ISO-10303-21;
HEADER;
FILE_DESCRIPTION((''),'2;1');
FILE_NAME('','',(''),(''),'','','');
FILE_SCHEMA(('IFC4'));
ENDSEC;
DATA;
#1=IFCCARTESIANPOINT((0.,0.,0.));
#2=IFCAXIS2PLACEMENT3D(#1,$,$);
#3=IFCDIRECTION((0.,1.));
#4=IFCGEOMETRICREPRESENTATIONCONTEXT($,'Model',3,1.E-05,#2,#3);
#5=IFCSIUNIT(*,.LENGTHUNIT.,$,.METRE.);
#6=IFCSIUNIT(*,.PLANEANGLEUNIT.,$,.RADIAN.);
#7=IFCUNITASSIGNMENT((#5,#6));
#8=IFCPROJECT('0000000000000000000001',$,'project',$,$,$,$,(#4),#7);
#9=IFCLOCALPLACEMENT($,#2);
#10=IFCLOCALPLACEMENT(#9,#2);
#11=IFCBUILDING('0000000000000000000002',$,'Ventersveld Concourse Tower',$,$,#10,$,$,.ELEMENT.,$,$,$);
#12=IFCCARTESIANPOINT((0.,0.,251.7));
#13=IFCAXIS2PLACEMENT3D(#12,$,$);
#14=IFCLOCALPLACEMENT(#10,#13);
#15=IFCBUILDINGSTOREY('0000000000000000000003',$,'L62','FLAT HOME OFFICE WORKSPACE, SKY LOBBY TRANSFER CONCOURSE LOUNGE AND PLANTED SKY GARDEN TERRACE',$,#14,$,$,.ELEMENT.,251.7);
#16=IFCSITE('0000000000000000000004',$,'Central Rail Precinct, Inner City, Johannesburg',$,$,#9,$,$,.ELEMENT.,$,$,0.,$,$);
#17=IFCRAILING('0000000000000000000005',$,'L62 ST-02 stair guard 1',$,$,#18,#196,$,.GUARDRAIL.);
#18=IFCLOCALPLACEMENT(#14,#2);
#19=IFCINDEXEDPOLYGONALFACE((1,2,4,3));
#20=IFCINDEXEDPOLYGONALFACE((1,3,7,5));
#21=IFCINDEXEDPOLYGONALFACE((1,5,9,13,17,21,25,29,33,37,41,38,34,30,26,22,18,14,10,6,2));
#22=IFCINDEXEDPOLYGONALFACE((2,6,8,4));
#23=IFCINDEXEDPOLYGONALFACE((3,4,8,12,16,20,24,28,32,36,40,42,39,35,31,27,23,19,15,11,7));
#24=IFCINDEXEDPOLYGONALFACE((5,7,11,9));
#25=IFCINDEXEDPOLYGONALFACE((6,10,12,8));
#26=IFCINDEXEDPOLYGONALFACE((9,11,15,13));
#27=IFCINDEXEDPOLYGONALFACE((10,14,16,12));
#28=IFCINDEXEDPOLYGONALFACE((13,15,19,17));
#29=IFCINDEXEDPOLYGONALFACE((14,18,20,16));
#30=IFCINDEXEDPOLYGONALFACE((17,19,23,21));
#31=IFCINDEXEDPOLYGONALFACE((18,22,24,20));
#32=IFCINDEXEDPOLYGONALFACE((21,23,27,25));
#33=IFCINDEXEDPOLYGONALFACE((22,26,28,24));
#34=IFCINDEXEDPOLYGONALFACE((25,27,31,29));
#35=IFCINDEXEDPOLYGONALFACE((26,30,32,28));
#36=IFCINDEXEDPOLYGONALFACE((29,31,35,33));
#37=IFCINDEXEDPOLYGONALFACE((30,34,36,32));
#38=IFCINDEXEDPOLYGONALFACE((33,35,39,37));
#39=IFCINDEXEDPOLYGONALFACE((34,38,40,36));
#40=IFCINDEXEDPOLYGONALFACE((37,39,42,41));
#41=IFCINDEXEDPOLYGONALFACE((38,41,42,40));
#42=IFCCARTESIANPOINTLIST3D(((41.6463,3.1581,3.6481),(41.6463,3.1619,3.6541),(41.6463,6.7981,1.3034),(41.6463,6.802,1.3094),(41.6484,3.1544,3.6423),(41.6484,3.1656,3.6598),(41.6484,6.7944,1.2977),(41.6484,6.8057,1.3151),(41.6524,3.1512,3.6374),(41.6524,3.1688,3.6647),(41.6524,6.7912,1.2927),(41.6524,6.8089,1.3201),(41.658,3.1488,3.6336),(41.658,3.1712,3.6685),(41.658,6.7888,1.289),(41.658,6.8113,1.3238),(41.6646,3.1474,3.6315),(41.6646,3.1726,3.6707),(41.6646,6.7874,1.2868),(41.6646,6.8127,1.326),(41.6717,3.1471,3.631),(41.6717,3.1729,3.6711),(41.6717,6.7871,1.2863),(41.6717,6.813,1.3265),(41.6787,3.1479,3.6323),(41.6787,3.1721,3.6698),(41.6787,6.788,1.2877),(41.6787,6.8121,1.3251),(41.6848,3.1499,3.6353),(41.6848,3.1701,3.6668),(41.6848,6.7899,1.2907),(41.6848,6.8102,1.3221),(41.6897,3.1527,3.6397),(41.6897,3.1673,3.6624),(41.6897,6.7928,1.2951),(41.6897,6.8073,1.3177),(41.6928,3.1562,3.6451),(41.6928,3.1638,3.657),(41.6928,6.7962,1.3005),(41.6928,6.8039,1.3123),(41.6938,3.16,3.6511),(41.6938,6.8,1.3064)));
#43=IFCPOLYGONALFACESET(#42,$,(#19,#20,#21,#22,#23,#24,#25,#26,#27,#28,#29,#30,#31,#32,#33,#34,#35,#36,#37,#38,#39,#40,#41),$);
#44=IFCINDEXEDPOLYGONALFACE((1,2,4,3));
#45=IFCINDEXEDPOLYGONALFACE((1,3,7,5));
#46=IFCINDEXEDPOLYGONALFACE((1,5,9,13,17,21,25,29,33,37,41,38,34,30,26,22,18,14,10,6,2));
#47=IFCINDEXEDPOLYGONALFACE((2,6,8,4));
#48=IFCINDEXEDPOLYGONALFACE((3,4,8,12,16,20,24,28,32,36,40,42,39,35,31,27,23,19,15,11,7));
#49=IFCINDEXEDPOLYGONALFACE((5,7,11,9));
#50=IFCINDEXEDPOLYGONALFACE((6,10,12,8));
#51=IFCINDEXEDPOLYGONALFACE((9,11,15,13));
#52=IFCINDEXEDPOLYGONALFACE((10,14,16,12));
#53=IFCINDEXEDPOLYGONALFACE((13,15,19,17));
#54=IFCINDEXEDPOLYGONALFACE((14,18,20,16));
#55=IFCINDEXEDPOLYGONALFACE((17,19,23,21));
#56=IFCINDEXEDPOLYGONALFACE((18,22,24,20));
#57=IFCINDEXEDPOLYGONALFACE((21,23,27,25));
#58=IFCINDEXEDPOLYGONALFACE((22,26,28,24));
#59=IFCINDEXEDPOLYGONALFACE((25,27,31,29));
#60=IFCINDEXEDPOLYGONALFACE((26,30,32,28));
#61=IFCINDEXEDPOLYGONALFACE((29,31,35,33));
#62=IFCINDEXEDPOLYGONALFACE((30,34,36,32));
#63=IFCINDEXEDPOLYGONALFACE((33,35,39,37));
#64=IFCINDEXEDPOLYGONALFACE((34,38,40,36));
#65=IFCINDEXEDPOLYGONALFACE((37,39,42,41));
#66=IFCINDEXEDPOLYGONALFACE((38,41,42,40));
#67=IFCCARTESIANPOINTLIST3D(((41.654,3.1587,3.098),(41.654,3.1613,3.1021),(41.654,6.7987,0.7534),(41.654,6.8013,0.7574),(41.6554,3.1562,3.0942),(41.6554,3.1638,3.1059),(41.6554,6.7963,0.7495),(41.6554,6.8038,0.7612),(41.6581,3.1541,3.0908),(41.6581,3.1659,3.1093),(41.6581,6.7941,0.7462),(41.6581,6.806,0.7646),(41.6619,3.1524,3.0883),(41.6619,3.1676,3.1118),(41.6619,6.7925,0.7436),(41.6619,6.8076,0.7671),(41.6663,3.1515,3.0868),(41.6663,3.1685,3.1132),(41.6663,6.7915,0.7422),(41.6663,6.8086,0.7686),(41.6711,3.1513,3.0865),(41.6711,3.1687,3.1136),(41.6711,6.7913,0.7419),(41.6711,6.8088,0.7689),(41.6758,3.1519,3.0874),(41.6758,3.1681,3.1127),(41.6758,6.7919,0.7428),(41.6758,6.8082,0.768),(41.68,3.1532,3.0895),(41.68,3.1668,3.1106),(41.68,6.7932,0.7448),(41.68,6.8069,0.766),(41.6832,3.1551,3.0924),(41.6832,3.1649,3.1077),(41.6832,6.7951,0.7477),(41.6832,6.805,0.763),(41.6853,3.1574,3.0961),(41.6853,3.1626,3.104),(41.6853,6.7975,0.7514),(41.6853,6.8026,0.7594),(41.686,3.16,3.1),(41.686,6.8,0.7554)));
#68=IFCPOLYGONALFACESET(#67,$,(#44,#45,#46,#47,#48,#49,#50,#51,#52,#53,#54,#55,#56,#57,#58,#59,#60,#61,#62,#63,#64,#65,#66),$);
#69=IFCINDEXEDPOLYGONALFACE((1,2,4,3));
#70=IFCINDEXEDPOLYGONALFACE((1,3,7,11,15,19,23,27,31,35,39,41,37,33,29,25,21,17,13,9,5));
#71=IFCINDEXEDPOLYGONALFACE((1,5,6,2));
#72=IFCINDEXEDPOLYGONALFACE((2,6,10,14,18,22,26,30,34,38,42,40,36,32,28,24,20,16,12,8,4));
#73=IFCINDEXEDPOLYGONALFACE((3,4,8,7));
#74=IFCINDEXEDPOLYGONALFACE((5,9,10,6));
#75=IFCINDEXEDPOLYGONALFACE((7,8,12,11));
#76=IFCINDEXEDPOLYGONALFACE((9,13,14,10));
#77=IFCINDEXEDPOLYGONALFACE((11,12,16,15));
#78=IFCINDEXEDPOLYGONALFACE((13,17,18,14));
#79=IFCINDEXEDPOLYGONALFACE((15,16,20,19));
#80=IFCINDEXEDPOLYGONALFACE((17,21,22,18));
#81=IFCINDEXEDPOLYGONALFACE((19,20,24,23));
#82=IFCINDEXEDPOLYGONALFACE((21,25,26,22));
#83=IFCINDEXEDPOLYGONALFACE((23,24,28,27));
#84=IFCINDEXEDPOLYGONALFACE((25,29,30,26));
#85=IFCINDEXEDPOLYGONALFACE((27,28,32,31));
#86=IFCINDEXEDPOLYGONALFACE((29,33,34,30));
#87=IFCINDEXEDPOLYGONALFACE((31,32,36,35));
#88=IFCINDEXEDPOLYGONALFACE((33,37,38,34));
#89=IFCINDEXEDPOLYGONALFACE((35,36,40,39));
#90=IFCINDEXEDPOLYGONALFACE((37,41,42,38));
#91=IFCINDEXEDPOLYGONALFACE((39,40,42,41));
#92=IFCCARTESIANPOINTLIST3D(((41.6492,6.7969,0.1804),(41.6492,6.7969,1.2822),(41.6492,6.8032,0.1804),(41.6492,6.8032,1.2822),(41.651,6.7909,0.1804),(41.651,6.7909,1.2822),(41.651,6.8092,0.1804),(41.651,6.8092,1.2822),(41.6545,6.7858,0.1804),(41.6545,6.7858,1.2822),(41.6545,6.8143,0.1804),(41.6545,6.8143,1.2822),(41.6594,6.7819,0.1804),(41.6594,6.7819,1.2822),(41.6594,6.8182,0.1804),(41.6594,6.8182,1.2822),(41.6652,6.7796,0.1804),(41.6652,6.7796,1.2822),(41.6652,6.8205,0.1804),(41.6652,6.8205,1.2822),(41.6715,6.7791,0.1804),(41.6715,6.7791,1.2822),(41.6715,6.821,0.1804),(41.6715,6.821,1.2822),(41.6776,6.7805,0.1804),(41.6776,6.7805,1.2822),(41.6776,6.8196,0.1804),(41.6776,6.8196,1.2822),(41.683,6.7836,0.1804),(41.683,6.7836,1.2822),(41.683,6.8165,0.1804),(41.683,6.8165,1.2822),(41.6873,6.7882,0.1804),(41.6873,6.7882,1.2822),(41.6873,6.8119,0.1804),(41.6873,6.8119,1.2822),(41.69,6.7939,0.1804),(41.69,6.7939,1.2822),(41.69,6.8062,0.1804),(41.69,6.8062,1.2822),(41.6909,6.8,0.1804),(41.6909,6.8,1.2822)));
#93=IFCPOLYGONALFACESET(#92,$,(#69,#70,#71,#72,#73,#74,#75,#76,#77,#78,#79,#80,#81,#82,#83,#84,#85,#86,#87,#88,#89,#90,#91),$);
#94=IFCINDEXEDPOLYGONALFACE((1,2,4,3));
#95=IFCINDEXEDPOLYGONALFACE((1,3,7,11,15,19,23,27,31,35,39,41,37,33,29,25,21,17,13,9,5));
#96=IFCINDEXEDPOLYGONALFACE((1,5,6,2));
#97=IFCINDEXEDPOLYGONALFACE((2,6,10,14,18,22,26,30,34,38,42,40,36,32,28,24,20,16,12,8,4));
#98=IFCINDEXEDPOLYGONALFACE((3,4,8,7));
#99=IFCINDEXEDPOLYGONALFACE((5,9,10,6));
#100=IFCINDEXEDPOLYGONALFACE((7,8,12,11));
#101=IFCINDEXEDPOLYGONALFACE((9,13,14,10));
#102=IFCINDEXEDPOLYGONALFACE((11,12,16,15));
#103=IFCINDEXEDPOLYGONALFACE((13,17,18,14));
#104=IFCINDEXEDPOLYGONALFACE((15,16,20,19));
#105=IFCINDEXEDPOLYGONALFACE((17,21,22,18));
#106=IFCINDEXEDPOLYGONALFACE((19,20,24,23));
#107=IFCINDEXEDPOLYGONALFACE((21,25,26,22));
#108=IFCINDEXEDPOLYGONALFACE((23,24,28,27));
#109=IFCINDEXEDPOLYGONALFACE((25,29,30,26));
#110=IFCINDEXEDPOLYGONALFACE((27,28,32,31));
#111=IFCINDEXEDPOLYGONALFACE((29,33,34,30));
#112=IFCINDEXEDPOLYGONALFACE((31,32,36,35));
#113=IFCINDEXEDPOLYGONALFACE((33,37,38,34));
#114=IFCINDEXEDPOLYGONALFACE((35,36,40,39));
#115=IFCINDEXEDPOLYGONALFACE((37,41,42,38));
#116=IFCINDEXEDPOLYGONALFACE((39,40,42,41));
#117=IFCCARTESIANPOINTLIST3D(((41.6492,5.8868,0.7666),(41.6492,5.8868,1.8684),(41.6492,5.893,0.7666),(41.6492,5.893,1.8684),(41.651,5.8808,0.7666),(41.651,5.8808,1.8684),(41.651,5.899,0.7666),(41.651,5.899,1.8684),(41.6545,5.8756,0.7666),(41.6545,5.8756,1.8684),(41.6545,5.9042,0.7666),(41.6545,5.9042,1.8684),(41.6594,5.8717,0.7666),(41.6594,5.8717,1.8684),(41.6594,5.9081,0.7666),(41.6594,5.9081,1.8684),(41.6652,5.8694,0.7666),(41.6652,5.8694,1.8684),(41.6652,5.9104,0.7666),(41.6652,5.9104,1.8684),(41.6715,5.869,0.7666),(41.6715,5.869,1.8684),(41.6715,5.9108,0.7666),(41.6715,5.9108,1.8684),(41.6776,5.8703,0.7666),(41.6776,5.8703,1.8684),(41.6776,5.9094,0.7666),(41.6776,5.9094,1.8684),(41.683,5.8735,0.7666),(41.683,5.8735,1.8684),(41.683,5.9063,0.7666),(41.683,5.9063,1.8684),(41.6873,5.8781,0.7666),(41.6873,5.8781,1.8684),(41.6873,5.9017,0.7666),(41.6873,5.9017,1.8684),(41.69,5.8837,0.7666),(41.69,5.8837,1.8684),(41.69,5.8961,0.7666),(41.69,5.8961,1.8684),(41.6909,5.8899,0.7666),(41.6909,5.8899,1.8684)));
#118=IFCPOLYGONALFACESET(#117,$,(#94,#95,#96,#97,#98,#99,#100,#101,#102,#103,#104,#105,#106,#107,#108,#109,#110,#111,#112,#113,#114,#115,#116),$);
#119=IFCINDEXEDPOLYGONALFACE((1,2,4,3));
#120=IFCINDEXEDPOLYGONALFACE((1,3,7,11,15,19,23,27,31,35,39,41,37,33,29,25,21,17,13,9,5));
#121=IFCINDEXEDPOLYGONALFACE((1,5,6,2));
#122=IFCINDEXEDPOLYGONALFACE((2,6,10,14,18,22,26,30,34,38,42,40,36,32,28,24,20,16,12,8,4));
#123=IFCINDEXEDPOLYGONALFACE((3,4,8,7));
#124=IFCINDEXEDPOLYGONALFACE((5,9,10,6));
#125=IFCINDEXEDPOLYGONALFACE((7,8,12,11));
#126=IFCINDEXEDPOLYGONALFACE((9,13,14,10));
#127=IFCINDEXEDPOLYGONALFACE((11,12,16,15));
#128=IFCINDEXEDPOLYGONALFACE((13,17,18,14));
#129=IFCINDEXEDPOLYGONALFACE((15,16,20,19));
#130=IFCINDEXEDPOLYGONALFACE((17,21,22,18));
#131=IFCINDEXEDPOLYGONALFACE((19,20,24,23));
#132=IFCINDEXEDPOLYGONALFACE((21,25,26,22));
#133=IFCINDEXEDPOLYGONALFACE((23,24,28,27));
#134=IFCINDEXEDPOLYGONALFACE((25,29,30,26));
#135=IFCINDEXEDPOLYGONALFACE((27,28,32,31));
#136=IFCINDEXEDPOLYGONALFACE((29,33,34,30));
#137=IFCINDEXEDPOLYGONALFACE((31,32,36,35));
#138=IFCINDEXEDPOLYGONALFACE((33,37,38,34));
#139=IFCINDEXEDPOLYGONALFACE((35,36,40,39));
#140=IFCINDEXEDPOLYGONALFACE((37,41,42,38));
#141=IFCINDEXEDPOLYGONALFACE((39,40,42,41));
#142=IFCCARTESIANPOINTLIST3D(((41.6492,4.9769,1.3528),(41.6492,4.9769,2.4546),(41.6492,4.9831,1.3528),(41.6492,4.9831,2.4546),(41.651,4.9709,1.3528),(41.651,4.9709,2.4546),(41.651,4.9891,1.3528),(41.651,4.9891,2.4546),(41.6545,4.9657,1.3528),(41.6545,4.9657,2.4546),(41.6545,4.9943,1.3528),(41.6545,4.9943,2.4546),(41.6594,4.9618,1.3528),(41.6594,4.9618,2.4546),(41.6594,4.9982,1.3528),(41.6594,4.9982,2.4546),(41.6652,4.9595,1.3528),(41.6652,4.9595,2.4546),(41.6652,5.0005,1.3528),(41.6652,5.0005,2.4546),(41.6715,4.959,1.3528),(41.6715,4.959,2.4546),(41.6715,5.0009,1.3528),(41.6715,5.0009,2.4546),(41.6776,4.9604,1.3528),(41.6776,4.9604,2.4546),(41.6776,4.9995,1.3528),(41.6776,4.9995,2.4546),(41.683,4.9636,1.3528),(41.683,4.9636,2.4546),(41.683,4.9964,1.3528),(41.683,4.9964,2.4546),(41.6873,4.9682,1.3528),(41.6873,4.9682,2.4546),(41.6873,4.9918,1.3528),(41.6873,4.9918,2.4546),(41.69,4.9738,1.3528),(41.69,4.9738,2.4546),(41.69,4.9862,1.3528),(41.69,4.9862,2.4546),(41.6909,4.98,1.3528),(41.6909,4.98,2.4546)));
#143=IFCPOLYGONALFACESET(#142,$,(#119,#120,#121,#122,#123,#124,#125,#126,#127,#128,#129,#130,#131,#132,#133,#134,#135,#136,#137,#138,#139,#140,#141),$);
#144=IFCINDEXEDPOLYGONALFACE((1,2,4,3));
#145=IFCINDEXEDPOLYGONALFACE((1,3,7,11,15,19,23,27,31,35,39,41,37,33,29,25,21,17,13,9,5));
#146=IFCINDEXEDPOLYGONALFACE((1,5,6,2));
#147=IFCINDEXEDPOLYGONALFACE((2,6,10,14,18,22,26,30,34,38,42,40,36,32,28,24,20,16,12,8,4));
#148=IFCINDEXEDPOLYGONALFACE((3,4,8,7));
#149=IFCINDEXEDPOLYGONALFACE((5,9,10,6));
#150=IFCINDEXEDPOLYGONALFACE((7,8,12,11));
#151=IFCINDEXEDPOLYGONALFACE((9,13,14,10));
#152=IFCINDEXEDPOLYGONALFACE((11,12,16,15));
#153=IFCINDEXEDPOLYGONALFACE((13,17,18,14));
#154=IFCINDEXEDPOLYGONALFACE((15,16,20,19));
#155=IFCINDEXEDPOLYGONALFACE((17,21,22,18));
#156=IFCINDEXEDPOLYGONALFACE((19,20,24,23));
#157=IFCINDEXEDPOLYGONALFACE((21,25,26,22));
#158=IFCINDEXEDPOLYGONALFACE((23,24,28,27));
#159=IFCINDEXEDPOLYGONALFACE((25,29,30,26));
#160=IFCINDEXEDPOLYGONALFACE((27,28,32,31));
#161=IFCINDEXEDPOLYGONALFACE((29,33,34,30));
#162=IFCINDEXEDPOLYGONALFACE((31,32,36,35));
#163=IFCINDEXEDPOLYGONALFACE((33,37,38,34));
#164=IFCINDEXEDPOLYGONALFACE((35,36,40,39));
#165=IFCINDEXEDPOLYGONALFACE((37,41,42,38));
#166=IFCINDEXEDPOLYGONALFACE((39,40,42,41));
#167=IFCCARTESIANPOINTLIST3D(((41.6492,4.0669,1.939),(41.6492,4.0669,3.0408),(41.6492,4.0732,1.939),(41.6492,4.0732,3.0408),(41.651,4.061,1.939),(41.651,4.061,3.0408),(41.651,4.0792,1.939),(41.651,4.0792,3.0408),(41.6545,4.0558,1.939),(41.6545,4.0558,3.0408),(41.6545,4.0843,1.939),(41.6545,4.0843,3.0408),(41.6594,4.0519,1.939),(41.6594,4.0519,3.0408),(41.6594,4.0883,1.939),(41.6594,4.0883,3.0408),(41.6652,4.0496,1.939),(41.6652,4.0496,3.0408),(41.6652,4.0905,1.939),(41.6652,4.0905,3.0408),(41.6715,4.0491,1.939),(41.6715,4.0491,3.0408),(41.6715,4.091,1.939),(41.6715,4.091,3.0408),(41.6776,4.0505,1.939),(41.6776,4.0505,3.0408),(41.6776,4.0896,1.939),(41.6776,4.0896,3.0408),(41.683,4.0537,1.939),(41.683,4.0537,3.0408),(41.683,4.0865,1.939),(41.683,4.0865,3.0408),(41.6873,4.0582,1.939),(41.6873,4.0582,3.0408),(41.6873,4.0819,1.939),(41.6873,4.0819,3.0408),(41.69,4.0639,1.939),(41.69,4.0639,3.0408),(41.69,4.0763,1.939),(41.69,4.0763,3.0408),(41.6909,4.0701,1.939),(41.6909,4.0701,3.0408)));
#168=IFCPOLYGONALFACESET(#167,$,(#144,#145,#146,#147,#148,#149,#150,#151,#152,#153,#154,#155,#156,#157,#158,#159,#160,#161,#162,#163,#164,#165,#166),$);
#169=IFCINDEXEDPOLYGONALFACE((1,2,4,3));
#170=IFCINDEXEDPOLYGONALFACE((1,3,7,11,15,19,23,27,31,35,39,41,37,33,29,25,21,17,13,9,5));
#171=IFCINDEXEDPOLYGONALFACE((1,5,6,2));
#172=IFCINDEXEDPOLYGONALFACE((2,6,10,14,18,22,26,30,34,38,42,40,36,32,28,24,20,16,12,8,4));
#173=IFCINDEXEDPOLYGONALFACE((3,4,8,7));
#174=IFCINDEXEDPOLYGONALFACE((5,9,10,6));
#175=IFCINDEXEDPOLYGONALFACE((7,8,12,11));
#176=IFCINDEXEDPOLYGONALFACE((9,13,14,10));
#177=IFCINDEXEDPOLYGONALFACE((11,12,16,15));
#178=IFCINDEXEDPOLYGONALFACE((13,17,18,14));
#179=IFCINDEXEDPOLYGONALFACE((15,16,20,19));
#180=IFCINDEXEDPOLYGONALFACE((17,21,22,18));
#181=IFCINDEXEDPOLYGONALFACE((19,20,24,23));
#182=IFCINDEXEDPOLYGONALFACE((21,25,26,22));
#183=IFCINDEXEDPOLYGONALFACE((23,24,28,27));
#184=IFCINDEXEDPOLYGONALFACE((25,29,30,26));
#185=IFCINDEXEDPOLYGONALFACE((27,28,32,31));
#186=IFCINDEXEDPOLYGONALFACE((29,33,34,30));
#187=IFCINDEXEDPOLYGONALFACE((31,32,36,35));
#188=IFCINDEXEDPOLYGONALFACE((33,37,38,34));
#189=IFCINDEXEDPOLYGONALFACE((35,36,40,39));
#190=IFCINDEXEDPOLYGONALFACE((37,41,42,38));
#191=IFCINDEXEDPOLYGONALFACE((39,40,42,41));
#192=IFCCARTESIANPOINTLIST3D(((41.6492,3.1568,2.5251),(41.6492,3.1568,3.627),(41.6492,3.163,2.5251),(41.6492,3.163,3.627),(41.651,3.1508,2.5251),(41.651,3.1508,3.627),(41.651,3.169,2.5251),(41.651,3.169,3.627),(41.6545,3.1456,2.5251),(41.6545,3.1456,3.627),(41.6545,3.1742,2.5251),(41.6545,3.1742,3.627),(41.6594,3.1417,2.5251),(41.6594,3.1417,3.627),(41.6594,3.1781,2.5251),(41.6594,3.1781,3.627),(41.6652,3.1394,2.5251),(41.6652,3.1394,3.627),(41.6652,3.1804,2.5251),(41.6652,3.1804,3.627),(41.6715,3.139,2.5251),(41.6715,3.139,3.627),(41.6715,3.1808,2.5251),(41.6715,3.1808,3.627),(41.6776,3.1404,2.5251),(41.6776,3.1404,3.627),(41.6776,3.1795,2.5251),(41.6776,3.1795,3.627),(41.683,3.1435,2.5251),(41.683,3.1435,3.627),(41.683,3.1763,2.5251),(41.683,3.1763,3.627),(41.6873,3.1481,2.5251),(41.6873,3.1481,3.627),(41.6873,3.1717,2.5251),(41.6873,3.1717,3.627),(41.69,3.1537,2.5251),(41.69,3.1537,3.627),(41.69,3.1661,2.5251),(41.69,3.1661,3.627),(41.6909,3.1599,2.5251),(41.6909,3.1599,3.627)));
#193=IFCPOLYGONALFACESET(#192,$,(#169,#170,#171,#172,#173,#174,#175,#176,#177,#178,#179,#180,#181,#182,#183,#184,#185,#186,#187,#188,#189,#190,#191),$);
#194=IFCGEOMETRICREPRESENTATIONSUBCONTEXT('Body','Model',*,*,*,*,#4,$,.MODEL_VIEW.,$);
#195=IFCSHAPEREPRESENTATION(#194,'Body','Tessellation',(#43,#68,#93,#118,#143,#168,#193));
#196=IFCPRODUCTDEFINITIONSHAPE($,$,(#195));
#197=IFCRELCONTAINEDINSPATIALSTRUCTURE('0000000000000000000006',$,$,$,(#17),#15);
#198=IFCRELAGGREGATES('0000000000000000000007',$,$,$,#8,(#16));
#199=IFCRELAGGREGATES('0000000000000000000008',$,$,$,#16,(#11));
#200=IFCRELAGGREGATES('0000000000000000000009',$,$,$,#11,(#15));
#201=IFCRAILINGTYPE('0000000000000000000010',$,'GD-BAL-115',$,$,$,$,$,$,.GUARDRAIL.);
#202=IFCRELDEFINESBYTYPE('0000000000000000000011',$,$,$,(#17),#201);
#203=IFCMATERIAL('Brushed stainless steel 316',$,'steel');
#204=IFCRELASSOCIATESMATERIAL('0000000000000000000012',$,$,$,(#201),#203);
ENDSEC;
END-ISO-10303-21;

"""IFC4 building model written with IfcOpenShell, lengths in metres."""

from ifc_helpers import new_model, si_unit, direction, frame, origin, origin_2d, place, context, subcontext, project, spatial, circle, extrude, material, type_object, element, save


model = new_model("IFC4")

# Units and contexts
model_context = context("Model", 3, precision=1e-05, world=origin(), true_north=direction((0.0, 1.0)))
body_context = subcontext(model_context, "Body", "Model", "MODEL_VIEW")
ifc_project = project(units=[si_unit("LENGTHUNIT", "METRE"), si_unit("PLANEANGLEUNIT", "RADIAN")], contexts=[model_context])

# Site, building, storey
site_placement = place(None, origin())
site = spatial("IfcSite", under=ifc_project, at=site_placement, Name="Central Rail Precinct, Inner City, Johannesburg", CompositionType="ELEMENT", RefElevation=0.0)
building_placement = place(site_placement, origin())
building = spatial("IfcBuilding", under=site, at=building_placement, Name="Ventersveld Concourse Tower", CompositionType="ELEMENT")
storey_placement = place(building_placement, frame((0.0, 0.0, 251.7)))
storey = spatial("IfcBuildingStorey", under=building, at=storey_placement, Name="L62", Description="FLAT HOME OFFICE WORKSPACE, SKY LOBBY TRANSFER CONCOURSE LOUNGE AND PLANTED SKY GARDEN TERRACE", CompositionType="ELEMENT", Elevation=251.7)

# Railing
ifc_material_1 = material(Name="Brushed stainless steel 316", Category="steel")
railing_type_1 = type_object("IfcRailingType", Name="GD-BAL-115", PredefinedType="GUARDRAIL", material=ifc_material_1)
railing_1_placement = place(storey_placement, frame((41.6699, 6.8, 0.1804)))
element("IfcRailing", 1, at=railing_1_placement, inside=storey, type_object=railing_type_1, Name="L62 ST-02 stair guard 1", PredefinedType="GUARDRAIL", context=body_context, shape_type="SweptSolid", body=[
    extrude(circle(Radius=0.0239, at=origin_2d()), frame((0.0, 0.0, 1.126), z_axis=(0.0, -0.840691, 0.541515), x_axis=(1.0, 0.0, 0.0)), (0.0, 0.0, 1.0), 4.3298),
    extrude(circle(Radius=0.0161, at=origin_2d()), frame((0.0, 0.0, 0.575), z_axis=(0.0, -0.840691, 0.541515), x_axis=(1.0, 0.0, 0.0)), (0.0, 0.0, 1.0), 4.3298),
    extrude(circle(Radius=0.021, at=origin_2d()), origin(), (0.0, 0.0, 1.0), 1.1018),
    extrude(circle(Radius=0.021, at=origin_2d()), frame((0.0, -0.9102, 0.5862)), (0.0, 0.0, 1.0), 1.1018),
    extrude(circle(Radius=0.021, at=origin_2d()), frame((0.0, -1.8201, 1.1724)), (0.0, 0.0, 1.0), 1.1018),
    extrude(circle(Radius=0.021, at=origin_2d()), frame((0.0, -2.73, 1.7585)), (0.0, 0.0, 1.0), 1.1018),
    extrude(circle(Radius=0.021, at=origin_2d()), frame((0.0, -3.6401, 2.3447)), (0.0, 0.0, 1.0), 1.1018),
])

save(model, "model.ifc")
